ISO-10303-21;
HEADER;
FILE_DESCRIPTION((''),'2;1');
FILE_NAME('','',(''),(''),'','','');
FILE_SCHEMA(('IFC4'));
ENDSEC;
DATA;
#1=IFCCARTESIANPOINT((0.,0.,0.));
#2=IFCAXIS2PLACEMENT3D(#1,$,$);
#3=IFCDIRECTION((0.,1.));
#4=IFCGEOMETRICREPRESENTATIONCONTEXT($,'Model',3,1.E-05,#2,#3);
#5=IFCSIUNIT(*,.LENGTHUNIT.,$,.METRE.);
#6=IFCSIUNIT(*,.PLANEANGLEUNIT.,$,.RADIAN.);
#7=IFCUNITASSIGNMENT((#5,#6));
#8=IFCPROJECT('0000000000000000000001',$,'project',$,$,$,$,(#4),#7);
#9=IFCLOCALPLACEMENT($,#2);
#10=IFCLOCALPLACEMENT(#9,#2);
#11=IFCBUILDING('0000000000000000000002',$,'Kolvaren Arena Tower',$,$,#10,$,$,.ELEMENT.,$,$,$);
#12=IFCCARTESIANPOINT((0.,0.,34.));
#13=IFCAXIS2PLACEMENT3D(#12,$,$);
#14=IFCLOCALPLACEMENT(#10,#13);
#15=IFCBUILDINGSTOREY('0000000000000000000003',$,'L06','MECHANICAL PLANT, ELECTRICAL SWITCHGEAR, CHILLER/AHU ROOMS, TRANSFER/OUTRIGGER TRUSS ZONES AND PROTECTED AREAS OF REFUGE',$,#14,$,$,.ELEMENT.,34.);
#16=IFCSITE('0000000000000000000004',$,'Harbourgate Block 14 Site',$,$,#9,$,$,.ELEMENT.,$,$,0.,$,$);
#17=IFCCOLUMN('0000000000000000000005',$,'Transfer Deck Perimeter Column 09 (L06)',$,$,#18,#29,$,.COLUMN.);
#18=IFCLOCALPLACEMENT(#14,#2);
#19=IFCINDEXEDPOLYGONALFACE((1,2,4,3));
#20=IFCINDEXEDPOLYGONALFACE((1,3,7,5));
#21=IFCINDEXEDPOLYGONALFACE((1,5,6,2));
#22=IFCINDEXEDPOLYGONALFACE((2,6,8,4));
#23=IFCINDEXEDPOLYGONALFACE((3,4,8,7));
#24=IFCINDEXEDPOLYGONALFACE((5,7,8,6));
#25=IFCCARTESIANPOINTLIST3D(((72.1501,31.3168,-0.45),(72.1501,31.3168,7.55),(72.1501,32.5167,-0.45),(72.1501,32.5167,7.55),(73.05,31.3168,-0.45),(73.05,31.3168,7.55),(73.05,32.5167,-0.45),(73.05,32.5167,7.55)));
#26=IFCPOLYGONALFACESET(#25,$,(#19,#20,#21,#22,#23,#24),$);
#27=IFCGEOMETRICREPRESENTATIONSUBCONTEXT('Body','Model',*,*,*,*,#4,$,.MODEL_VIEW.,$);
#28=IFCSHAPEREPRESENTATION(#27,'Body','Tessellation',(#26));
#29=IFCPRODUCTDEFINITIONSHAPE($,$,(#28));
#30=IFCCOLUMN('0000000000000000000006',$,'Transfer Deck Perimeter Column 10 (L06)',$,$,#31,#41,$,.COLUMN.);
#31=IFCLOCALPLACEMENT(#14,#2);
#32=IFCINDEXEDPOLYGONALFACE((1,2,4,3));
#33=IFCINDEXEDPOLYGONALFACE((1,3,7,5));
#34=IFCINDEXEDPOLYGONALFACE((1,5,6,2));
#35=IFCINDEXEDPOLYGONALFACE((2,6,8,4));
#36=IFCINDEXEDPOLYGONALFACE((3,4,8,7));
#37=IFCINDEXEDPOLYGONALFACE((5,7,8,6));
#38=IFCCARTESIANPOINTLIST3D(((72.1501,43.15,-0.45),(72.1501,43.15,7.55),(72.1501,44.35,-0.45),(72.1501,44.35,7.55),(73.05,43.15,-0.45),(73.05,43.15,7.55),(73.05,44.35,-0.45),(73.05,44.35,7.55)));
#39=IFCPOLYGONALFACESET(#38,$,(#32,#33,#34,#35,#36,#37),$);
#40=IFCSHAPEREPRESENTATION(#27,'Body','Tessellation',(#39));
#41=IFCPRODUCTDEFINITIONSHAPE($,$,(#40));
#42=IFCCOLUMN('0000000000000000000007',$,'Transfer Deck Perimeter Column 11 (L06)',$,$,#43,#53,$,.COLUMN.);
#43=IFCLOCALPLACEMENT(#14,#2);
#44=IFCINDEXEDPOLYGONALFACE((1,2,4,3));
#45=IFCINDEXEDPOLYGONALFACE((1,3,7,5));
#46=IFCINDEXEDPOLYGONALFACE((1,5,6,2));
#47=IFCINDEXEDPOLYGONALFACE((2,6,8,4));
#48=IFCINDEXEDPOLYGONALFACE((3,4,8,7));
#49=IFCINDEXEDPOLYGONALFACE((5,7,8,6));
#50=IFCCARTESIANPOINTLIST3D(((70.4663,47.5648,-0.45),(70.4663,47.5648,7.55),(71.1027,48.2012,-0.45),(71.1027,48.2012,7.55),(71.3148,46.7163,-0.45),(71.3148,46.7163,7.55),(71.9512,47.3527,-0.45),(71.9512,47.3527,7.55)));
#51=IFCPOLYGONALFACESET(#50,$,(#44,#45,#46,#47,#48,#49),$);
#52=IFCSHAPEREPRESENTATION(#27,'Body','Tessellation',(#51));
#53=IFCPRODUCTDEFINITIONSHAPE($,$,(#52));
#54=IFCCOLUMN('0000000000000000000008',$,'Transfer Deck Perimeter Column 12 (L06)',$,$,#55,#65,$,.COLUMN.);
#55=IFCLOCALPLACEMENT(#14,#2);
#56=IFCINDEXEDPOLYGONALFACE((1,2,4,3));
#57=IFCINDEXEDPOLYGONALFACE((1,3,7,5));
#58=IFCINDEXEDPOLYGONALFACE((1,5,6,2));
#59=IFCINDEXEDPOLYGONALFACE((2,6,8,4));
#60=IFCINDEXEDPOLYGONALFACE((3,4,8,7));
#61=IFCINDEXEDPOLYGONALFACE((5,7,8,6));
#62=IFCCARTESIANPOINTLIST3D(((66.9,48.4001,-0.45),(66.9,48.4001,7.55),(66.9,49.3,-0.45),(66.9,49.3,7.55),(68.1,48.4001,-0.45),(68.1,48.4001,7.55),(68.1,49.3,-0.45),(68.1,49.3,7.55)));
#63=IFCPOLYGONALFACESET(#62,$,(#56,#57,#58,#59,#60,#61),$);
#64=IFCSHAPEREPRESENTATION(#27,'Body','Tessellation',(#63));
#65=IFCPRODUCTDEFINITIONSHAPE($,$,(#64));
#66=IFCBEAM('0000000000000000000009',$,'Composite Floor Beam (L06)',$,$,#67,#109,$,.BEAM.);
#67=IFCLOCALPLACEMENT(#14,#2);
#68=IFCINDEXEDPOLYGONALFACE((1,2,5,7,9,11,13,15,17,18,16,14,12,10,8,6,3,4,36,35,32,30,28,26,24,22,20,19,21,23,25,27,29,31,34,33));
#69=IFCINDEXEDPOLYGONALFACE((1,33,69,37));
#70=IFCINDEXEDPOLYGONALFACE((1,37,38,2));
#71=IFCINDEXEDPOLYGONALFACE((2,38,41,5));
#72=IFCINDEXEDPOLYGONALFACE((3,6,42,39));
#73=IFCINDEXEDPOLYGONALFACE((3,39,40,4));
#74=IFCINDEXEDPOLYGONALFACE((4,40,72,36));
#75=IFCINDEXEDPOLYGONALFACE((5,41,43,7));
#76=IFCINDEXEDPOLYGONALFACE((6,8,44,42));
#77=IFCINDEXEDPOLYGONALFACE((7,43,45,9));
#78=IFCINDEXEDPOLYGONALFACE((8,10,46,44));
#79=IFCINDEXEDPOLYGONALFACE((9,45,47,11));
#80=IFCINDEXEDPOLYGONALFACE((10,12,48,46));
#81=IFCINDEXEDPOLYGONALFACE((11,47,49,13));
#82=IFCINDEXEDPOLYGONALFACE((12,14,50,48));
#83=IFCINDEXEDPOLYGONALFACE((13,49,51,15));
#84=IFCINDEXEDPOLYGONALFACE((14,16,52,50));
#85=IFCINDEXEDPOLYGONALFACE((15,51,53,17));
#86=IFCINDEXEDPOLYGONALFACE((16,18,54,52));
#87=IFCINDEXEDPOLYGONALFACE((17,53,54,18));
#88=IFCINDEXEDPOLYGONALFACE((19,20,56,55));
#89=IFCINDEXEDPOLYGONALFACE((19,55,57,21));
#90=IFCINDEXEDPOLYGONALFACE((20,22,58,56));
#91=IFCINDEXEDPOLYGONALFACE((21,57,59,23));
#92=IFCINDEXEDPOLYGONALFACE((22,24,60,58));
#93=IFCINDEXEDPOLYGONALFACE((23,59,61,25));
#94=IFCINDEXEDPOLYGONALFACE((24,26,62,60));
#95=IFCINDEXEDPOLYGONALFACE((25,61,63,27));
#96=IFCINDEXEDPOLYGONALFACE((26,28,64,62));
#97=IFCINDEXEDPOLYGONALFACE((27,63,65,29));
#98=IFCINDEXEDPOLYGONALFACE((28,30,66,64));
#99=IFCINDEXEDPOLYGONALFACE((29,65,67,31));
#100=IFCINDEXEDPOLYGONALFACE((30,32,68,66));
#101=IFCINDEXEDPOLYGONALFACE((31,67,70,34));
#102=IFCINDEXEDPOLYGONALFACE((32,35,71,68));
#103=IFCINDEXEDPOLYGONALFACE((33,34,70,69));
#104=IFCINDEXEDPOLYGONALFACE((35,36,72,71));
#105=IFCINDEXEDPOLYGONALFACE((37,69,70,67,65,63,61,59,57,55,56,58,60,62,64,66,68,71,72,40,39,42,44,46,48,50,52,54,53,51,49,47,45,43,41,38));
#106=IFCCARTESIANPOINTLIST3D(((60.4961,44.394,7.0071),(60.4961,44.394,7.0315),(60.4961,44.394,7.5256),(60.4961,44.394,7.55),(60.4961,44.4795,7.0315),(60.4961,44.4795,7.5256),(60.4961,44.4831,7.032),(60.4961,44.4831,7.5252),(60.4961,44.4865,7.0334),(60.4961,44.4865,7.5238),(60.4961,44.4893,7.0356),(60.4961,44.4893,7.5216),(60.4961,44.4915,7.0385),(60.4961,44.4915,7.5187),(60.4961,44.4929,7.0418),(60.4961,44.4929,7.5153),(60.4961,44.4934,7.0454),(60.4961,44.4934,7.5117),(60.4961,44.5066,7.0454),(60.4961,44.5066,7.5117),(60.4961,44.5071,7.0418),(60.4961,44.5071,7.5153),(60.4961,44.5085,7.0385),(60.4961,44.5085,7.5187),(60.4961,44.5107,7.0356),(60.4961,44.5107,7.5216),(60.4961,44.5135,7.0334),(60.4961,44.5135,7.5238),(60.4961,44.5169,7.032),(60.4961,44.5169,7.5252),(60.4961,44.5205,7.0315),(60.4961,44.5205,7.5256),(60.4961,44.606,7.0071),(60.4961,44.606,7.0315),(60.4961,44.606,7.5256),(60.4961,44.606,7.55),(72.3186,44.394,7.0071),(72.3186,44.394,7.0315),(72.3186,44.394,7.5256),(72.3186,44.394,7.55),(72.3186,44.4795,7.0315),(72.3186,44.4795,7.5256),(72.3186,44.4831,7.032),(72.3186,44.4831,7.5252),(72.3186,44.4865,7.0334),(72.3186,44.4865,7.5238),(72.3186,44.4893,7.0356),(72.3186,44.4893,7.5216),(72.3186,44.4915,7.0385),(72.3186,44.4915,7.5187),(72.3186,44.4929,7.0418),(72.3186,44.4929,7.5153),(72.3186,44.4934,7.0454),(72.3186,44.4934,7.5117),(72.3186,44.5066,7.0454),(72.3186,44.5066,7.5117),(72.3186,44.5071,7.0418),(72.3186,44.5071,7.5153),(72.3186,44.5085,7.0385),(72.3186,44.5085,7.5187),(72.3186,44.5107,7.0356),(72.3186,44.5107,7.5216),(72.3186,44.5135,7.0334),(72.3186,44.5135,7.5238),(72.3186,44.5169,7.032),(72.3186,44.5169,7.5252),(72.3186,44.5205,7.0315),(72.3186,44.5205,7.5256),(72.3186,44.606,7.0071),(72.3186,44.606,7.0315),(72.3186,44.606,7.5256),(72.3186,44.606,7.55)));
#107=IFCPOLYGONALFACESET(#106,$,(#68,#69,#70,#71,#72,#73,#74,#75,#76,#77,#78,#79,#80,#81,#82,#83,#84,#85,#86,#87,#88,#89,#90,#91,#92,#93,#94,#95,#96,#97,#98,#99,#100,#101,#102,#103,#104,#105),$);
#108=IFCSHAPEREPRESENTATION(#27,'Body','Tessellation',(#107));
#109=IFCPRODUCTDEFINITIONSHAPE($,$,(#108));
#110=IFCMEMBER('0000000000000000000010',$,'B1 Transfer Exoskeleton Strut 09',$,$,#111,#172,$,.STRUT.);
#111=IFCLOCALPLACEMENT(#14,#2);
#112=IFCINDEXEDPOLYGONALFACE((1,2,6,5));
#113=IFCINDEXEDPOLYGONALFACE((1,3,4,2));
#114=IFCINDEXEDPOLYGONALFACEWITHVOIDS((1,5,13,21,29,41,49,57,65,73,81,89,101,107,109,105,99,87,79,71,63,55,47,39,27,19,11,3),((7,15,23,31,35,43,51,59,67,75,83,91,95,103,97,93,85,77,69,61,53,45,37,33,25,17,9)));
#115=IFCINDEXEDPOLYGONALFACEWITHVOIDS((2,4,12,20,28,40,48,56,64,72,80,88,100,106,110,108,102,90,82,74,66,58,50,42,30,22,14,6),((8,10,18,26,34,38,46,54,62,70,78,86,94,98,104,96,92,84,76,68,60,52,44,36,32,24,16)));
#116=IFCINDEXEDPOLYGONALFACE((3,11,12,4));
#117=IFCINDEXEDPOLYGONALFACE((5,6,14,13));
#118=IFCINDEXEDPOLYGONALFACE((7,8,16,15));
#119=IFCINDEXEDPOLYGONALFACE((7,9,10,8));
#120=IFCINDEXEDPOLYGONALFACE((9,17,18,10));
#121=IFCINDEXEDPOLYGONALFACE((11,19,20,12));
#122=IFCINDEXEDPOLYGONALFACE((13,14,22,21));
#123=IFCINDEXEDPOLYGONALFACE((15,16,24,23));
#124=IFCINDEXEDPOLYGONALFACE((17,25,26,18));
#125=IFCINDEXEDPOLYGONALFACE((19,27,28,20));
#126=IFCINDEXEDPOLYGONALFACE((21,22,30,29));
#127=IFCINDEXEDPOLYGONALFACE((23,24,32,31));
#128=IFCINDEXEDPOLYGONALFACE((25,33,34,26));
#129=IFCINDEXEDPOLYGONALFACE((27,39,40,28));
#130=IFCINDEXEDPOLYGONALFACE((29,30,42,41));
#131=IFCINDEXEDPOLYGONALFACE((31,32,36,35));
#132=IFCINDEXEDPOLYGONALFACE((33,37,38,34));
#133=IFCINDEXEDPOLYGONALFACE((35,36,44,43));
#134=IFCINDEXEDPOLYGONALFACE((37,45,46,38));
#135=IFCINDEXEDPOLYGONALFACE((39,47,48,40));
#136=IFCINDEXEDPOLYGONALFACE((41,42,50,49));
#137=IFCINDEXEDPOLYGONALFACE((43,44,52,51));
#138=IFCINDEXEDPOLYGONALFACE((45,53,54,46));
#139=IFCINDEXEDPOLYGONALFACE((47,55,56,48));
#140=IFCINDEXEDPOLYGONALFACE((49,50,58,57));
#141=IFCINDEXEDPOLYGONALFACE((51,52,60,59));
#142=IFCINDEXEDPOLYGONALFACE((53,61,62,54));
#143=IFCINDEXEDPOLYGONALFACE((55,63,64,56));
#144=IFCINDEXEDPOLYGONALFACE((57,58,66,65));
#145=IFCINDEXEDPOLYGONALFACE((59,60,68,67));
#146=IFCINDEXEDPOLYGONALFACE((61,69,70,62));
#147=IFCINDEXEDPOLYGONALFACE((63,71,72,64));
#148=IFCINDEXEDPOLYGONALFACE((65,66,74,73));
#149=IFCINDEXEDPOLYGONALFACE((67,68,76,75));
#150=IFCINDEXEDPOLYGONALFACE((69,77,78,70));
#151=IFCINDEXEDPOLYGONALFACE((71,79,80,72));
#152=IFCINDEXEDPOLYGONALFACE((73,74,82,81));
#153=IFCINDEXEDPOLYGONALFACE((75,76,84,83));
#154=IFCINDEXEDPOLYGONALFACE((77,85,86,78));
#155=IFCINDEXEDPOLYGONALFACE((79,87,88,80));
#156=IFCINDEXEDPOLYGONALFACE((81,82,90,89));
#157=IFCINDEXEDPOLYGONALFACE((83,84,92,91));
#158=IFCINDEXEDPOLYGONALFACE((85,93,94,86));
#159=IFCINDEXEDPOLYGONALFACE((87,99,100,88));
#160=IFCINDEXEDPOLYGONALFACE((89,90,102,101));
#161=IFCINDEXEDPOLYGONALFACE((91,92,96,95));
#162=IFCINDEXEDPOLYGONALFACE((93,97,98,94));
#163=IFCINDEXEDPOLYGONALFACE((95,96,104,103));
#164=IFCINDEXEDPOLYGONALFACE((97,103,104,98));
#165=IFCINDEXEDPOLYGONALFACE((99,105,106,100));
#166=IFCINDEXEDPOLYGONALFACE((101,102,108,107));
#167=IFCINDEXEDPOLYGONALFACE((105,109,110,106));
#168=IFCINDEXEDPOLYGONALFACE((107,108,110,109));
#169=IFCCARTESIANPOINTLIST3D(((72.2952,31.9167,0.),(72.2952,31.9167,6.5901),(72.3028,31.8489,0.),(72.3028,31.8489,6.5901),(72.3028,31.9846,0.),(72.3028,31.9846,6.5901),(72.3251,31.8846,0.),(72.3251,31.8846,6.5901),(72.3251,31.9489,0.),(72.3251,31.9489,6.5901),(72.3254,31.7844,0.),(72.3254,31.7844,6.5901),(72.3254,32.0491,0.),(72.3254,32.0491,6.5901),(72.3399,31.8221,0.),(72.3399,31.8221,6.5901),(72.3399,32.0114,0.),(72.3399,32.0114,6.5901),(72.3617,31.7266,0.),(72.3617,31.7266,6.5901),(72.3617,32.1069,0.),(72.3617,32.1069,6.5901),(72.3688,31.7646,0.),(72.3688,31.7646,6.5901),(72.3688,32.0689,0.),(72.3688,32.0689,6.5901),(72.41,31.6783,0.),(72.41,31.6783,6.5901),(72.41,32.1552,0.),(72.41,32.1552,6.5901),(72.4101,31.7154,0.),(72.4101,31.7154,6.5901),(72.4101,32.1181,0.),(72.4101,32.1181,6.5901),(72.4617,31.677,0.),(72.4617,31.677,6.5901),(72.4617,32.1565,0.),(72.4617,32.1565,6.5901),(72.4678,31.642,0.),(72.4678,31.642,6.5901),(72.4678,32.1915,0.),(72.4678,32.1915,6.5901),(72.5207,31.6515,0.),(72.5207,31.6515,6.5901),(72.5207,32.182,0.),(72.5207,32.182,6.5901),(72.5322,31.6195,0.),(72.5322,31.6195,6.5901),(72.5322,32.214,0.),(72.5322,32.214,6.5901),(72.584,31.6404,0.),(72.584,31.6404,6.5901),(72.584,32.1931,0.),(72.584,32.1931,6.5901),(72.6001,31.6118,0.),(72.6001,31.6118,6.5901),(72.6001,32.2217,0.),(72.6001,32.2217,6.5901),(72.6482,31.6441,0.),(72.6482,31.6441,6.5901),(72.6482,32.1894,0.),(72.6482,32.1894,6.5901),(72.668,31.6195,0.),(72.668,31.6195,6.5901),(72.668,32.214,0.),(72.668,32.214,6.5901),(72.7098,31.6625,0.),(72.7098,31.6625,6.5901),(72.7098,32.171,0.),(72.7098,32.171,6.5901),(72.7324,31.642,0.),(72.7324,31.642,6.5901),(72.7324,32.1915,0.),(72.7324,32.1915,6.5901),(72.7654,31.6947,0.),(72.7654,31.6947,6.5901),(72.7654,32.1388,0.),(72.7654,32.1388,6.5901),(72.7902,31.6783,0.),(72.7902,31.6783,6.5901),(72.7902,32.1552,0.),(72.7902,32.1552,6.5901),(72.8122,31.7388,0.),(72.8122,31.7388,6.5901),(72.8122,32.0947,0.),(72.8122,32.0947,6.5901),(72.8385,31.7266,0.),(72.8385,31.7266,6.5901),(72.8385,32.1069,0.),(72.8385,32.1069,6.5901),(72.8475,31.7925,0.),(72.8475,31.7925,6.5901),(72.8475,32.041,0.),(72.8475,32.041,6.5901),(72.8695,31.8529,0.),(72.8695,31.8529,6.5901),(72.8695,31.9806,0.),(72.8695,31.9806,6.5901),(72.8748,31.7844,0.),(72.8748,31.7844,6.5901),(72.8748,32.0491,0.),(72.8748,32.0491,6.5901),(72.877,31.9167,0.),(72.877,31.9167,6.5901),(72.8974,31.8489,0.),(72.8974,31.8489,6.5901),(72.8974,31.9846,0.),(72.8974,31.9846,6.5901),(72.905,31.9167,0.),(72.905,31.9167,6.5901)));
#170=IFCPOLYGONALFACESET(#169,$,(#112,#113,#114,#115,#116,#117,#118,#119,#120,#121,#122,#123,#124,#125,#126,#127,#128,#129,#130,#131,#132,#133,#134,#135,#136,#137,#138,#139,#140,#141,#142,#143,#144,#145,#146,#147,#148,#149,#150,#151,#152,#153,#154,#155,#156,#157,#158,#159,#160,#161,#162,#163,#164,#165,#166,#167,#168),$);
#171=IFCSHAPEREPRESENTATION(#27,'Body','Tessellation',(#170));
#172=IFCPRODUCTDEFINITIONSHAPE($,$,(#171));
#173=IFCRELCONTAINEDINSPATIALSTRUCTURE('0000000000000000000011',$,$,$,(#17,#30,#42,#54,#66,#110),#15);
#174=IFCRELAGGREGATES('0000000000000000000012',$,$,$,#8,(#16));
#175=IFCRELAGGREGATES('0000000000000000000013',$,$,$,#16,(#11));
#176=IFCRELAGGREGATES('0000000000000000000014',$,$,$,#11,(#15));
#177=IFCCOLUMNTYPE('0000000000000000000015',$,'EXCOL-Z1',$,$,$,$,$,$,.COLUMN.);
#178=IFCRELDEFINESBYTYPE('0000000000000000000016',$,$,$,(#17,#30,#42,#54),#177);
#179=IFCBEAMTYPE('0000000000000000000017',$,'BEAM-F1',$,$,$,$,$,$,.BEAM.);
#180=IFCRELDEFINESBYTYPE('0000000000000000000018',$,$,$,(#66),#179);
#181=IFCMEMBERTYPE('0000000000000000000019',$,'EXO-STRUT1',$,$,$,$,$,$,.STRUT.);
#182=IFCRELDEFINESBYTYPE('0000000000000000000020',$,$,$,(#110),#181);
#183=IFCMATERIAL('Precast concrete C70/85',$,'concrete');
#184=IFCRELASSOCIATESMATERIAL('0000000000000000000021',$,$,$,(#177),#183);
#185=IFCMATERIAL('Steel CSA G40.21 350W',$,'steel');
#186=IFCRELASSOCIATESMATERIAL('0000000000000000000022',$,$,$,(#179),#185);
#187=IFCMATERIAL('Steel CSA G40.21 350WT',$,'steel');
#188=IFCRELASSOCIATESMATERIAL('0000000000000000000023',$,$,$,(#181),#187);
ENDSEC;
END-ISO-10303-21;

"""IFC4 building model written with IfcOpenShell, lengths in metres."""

from ifc_helpers import new_model, si_unit, direction, frame, origin, origin_2d, place, context, subcontext, project, spatial, rectangle, hollow_circle, i_section, extrude, material, material_profile, profile_set, type_object, element, save


model = new_model("IFC4")

# Units and contexts
model_context = context("Model", 3, precision=1e-05, world=origin(), true_north=direction((0.0, 1.0)))
body_context = subcontext(model_context, "Body", "Model", "MODEL_VIEW")
ifc_project = project(units=[si_unit("LENGTHUNIT", "METRE"), si_unit("PLANEANGLEUNIT", "RADIAN")], contexts=[model_context])

# Site, building, storey
site_placement = place(None, origin())
site = spatial("IfcSite", under=ifc_project, at=site_placement, Name="Harbourgate Block 14 Site", CompositionType="ELEMENT", RefElevation=0.0)
building_placement = place(site_placement, origin())
building = spatial("IfcBuilding", under=site, at=building_placement, Name="Kolvaren Arena Tower", CompositionType="ELEMENT")
storey_placement = place(building_placement, frame((0.0, 0.0, 34.0)))
storey = spatial("IfcBuildingStorey", under=building, at=storey_placement, Name="L06", Description="MECHANICAL PLANT, ELECTRICAL SWITCHGEAR, CHILLER/AHU ROOMS, TRANSFER/OUTRIGGER TRUSS ZONES AND PROTECTED AREAS OF REFUGE", CompositionType="ELEMENT", Elevation=34.0)

# Columns
ifc_material_1 = material(Name="Precast concrete C70/85", Category="concrete")
ifc_material_profile_1 = material_profile(ifc_material_1, rectangle(XDim=1.2, YDim=0.8999, at=origin_2d()), Name="RC-1200x900")
ifc_profile_set_1 = profile_set([ifc_material_profile_1], Name="Precast concrete C70/85")
column_type = type_object("IfcColumnType", Name="EXCOL-Z1", PredefinedType="COLUMN", material=ifc_profile_set_1)
for number, where, z_axis, x_axis, name in (
    (1, (72.6001, 31.9167, -0.45), (0.0, 0.0, 1.0), (0.0, 1.0, 0.0), "Transfer Deck Perimeter Column 09 (L06)"),
    (2, (72.6001, 43.75, -0.45), (0.0, 0.0, 1.0), (0.0, 1.0, 0.0), "Transfer Deck Perimeter Column 10 (L06)"),
    (3, (71.2087, 47.4587, -0.45), (0.0, 0.0, 1.0), (-0.707107, 0.707107, 0.0), "Transfer Deck Perimeter Column 11 (L06)"),
    (4, (67.5, 48.8501, -0.45), (0.0, 0.0, 1.0), (1.0, 0.0, 0.0), "Transfer Deck Perimeter Column 12 (L06)"),
):
    element("IfcColumn", number, at=place(storey_placement, frame(where, z_axis=z_axis, x_axis=x_axis)), inside=storey, type_object=column_type, Name=name, PredefinedType="COLUMN", context=body_context, shape_type="SweptSolid", body=[
        extrude(rectangle(XDim=1.2, YDim=0.8999, at=origin_2d()), origin(), (0.0, 0.0, 1.0), 8.0),
    ])

# Beam
ifc_material_2 = material(Name="Steel CSA G40.21 350W", Category="steel")
ifc_material_profile_2 = material_profile(ifc_material_2, i_section(OverallWidth=0.2119, OverallDepth=0.543, WebThickness=0.0132, FlangeThickness=0.0244, FilletRadius=0.0139, at=origin_2d()), Name="W530x150")
ifc_profile_set_2 = profile_set([ifc_material_profile_2], Name="Steel CSA G40.21 350W")
beam_type_1 = type_object("IfcBeamType", Name="BEAM-F1", PredefinedType="BEAM", material=ifc_profile_set_2)
beam_1_placement = place(storey_placement, frame((60.4961, 44.5, 7.2786), z_axis=(1.0, 0.0, 0.0), x_axis=(0.0, 1.0, 0.0)))
element("IfcBeam", 5, at=beam_1_placement, inside=storey, type_object=beam_type_1, Name="Composite Floor Beam (L06)", PredefinedType="BEAM", context=body_context, shape_type="SweptSolid", body=[
    extrude(i_section(OverallWidth=0.2119, OverallDepth=0.543, WebThickness=0.0132, FlangeThickness=0.0244, FilletRadius=0.0139, at=origin_2d()), origin(), (0.0, 0.0, 1.0), 11.8225),
])

# Member
ifc_material_3 = material(Name="Steel CSA G40.21 350WT", Category="steel")
ifc_material_profile_3 = material_profile(ifc_material_3, hollow_circle(Radius=0.3049, WallThickness=0.0281, at=origin_2d()), Name="CHS 610x28")
ifc_profile_set_3 = profile_set([ifc_material_profile_3], Name="Steel CSA G40.21 350WT")
member_type = type_object("IfcMemberType", Name="EXO-STRUT1", PredefinedType="STRUT", material=ifc_profile_set_3)
for number, where, z_axis, x_axis, name in (
    (6, (72.6001, 31.9167, 0.0), (0.0, 0.0, 1.0), (1.0, 0.0, 0.0), "B1 Transfer Exoskeleton Strut 09"),
):
    element("IfcMember", number, at=place(storey_placement, frame(where, z_axis=z_axis, x_axis=x_axis)), inside=storey, type_object=member_type, Name=name, PredefinedType="STRUT", context=body_context, shape_type="SweptSolid", body=[
        extrude(hollow_circle(Radius=0.3049, WallThickness=0.0281, at=origin_2d()), origin(), (0.0, 0.0, 1.0), 6.5901),
    ])

save(model, "model.ifc")
